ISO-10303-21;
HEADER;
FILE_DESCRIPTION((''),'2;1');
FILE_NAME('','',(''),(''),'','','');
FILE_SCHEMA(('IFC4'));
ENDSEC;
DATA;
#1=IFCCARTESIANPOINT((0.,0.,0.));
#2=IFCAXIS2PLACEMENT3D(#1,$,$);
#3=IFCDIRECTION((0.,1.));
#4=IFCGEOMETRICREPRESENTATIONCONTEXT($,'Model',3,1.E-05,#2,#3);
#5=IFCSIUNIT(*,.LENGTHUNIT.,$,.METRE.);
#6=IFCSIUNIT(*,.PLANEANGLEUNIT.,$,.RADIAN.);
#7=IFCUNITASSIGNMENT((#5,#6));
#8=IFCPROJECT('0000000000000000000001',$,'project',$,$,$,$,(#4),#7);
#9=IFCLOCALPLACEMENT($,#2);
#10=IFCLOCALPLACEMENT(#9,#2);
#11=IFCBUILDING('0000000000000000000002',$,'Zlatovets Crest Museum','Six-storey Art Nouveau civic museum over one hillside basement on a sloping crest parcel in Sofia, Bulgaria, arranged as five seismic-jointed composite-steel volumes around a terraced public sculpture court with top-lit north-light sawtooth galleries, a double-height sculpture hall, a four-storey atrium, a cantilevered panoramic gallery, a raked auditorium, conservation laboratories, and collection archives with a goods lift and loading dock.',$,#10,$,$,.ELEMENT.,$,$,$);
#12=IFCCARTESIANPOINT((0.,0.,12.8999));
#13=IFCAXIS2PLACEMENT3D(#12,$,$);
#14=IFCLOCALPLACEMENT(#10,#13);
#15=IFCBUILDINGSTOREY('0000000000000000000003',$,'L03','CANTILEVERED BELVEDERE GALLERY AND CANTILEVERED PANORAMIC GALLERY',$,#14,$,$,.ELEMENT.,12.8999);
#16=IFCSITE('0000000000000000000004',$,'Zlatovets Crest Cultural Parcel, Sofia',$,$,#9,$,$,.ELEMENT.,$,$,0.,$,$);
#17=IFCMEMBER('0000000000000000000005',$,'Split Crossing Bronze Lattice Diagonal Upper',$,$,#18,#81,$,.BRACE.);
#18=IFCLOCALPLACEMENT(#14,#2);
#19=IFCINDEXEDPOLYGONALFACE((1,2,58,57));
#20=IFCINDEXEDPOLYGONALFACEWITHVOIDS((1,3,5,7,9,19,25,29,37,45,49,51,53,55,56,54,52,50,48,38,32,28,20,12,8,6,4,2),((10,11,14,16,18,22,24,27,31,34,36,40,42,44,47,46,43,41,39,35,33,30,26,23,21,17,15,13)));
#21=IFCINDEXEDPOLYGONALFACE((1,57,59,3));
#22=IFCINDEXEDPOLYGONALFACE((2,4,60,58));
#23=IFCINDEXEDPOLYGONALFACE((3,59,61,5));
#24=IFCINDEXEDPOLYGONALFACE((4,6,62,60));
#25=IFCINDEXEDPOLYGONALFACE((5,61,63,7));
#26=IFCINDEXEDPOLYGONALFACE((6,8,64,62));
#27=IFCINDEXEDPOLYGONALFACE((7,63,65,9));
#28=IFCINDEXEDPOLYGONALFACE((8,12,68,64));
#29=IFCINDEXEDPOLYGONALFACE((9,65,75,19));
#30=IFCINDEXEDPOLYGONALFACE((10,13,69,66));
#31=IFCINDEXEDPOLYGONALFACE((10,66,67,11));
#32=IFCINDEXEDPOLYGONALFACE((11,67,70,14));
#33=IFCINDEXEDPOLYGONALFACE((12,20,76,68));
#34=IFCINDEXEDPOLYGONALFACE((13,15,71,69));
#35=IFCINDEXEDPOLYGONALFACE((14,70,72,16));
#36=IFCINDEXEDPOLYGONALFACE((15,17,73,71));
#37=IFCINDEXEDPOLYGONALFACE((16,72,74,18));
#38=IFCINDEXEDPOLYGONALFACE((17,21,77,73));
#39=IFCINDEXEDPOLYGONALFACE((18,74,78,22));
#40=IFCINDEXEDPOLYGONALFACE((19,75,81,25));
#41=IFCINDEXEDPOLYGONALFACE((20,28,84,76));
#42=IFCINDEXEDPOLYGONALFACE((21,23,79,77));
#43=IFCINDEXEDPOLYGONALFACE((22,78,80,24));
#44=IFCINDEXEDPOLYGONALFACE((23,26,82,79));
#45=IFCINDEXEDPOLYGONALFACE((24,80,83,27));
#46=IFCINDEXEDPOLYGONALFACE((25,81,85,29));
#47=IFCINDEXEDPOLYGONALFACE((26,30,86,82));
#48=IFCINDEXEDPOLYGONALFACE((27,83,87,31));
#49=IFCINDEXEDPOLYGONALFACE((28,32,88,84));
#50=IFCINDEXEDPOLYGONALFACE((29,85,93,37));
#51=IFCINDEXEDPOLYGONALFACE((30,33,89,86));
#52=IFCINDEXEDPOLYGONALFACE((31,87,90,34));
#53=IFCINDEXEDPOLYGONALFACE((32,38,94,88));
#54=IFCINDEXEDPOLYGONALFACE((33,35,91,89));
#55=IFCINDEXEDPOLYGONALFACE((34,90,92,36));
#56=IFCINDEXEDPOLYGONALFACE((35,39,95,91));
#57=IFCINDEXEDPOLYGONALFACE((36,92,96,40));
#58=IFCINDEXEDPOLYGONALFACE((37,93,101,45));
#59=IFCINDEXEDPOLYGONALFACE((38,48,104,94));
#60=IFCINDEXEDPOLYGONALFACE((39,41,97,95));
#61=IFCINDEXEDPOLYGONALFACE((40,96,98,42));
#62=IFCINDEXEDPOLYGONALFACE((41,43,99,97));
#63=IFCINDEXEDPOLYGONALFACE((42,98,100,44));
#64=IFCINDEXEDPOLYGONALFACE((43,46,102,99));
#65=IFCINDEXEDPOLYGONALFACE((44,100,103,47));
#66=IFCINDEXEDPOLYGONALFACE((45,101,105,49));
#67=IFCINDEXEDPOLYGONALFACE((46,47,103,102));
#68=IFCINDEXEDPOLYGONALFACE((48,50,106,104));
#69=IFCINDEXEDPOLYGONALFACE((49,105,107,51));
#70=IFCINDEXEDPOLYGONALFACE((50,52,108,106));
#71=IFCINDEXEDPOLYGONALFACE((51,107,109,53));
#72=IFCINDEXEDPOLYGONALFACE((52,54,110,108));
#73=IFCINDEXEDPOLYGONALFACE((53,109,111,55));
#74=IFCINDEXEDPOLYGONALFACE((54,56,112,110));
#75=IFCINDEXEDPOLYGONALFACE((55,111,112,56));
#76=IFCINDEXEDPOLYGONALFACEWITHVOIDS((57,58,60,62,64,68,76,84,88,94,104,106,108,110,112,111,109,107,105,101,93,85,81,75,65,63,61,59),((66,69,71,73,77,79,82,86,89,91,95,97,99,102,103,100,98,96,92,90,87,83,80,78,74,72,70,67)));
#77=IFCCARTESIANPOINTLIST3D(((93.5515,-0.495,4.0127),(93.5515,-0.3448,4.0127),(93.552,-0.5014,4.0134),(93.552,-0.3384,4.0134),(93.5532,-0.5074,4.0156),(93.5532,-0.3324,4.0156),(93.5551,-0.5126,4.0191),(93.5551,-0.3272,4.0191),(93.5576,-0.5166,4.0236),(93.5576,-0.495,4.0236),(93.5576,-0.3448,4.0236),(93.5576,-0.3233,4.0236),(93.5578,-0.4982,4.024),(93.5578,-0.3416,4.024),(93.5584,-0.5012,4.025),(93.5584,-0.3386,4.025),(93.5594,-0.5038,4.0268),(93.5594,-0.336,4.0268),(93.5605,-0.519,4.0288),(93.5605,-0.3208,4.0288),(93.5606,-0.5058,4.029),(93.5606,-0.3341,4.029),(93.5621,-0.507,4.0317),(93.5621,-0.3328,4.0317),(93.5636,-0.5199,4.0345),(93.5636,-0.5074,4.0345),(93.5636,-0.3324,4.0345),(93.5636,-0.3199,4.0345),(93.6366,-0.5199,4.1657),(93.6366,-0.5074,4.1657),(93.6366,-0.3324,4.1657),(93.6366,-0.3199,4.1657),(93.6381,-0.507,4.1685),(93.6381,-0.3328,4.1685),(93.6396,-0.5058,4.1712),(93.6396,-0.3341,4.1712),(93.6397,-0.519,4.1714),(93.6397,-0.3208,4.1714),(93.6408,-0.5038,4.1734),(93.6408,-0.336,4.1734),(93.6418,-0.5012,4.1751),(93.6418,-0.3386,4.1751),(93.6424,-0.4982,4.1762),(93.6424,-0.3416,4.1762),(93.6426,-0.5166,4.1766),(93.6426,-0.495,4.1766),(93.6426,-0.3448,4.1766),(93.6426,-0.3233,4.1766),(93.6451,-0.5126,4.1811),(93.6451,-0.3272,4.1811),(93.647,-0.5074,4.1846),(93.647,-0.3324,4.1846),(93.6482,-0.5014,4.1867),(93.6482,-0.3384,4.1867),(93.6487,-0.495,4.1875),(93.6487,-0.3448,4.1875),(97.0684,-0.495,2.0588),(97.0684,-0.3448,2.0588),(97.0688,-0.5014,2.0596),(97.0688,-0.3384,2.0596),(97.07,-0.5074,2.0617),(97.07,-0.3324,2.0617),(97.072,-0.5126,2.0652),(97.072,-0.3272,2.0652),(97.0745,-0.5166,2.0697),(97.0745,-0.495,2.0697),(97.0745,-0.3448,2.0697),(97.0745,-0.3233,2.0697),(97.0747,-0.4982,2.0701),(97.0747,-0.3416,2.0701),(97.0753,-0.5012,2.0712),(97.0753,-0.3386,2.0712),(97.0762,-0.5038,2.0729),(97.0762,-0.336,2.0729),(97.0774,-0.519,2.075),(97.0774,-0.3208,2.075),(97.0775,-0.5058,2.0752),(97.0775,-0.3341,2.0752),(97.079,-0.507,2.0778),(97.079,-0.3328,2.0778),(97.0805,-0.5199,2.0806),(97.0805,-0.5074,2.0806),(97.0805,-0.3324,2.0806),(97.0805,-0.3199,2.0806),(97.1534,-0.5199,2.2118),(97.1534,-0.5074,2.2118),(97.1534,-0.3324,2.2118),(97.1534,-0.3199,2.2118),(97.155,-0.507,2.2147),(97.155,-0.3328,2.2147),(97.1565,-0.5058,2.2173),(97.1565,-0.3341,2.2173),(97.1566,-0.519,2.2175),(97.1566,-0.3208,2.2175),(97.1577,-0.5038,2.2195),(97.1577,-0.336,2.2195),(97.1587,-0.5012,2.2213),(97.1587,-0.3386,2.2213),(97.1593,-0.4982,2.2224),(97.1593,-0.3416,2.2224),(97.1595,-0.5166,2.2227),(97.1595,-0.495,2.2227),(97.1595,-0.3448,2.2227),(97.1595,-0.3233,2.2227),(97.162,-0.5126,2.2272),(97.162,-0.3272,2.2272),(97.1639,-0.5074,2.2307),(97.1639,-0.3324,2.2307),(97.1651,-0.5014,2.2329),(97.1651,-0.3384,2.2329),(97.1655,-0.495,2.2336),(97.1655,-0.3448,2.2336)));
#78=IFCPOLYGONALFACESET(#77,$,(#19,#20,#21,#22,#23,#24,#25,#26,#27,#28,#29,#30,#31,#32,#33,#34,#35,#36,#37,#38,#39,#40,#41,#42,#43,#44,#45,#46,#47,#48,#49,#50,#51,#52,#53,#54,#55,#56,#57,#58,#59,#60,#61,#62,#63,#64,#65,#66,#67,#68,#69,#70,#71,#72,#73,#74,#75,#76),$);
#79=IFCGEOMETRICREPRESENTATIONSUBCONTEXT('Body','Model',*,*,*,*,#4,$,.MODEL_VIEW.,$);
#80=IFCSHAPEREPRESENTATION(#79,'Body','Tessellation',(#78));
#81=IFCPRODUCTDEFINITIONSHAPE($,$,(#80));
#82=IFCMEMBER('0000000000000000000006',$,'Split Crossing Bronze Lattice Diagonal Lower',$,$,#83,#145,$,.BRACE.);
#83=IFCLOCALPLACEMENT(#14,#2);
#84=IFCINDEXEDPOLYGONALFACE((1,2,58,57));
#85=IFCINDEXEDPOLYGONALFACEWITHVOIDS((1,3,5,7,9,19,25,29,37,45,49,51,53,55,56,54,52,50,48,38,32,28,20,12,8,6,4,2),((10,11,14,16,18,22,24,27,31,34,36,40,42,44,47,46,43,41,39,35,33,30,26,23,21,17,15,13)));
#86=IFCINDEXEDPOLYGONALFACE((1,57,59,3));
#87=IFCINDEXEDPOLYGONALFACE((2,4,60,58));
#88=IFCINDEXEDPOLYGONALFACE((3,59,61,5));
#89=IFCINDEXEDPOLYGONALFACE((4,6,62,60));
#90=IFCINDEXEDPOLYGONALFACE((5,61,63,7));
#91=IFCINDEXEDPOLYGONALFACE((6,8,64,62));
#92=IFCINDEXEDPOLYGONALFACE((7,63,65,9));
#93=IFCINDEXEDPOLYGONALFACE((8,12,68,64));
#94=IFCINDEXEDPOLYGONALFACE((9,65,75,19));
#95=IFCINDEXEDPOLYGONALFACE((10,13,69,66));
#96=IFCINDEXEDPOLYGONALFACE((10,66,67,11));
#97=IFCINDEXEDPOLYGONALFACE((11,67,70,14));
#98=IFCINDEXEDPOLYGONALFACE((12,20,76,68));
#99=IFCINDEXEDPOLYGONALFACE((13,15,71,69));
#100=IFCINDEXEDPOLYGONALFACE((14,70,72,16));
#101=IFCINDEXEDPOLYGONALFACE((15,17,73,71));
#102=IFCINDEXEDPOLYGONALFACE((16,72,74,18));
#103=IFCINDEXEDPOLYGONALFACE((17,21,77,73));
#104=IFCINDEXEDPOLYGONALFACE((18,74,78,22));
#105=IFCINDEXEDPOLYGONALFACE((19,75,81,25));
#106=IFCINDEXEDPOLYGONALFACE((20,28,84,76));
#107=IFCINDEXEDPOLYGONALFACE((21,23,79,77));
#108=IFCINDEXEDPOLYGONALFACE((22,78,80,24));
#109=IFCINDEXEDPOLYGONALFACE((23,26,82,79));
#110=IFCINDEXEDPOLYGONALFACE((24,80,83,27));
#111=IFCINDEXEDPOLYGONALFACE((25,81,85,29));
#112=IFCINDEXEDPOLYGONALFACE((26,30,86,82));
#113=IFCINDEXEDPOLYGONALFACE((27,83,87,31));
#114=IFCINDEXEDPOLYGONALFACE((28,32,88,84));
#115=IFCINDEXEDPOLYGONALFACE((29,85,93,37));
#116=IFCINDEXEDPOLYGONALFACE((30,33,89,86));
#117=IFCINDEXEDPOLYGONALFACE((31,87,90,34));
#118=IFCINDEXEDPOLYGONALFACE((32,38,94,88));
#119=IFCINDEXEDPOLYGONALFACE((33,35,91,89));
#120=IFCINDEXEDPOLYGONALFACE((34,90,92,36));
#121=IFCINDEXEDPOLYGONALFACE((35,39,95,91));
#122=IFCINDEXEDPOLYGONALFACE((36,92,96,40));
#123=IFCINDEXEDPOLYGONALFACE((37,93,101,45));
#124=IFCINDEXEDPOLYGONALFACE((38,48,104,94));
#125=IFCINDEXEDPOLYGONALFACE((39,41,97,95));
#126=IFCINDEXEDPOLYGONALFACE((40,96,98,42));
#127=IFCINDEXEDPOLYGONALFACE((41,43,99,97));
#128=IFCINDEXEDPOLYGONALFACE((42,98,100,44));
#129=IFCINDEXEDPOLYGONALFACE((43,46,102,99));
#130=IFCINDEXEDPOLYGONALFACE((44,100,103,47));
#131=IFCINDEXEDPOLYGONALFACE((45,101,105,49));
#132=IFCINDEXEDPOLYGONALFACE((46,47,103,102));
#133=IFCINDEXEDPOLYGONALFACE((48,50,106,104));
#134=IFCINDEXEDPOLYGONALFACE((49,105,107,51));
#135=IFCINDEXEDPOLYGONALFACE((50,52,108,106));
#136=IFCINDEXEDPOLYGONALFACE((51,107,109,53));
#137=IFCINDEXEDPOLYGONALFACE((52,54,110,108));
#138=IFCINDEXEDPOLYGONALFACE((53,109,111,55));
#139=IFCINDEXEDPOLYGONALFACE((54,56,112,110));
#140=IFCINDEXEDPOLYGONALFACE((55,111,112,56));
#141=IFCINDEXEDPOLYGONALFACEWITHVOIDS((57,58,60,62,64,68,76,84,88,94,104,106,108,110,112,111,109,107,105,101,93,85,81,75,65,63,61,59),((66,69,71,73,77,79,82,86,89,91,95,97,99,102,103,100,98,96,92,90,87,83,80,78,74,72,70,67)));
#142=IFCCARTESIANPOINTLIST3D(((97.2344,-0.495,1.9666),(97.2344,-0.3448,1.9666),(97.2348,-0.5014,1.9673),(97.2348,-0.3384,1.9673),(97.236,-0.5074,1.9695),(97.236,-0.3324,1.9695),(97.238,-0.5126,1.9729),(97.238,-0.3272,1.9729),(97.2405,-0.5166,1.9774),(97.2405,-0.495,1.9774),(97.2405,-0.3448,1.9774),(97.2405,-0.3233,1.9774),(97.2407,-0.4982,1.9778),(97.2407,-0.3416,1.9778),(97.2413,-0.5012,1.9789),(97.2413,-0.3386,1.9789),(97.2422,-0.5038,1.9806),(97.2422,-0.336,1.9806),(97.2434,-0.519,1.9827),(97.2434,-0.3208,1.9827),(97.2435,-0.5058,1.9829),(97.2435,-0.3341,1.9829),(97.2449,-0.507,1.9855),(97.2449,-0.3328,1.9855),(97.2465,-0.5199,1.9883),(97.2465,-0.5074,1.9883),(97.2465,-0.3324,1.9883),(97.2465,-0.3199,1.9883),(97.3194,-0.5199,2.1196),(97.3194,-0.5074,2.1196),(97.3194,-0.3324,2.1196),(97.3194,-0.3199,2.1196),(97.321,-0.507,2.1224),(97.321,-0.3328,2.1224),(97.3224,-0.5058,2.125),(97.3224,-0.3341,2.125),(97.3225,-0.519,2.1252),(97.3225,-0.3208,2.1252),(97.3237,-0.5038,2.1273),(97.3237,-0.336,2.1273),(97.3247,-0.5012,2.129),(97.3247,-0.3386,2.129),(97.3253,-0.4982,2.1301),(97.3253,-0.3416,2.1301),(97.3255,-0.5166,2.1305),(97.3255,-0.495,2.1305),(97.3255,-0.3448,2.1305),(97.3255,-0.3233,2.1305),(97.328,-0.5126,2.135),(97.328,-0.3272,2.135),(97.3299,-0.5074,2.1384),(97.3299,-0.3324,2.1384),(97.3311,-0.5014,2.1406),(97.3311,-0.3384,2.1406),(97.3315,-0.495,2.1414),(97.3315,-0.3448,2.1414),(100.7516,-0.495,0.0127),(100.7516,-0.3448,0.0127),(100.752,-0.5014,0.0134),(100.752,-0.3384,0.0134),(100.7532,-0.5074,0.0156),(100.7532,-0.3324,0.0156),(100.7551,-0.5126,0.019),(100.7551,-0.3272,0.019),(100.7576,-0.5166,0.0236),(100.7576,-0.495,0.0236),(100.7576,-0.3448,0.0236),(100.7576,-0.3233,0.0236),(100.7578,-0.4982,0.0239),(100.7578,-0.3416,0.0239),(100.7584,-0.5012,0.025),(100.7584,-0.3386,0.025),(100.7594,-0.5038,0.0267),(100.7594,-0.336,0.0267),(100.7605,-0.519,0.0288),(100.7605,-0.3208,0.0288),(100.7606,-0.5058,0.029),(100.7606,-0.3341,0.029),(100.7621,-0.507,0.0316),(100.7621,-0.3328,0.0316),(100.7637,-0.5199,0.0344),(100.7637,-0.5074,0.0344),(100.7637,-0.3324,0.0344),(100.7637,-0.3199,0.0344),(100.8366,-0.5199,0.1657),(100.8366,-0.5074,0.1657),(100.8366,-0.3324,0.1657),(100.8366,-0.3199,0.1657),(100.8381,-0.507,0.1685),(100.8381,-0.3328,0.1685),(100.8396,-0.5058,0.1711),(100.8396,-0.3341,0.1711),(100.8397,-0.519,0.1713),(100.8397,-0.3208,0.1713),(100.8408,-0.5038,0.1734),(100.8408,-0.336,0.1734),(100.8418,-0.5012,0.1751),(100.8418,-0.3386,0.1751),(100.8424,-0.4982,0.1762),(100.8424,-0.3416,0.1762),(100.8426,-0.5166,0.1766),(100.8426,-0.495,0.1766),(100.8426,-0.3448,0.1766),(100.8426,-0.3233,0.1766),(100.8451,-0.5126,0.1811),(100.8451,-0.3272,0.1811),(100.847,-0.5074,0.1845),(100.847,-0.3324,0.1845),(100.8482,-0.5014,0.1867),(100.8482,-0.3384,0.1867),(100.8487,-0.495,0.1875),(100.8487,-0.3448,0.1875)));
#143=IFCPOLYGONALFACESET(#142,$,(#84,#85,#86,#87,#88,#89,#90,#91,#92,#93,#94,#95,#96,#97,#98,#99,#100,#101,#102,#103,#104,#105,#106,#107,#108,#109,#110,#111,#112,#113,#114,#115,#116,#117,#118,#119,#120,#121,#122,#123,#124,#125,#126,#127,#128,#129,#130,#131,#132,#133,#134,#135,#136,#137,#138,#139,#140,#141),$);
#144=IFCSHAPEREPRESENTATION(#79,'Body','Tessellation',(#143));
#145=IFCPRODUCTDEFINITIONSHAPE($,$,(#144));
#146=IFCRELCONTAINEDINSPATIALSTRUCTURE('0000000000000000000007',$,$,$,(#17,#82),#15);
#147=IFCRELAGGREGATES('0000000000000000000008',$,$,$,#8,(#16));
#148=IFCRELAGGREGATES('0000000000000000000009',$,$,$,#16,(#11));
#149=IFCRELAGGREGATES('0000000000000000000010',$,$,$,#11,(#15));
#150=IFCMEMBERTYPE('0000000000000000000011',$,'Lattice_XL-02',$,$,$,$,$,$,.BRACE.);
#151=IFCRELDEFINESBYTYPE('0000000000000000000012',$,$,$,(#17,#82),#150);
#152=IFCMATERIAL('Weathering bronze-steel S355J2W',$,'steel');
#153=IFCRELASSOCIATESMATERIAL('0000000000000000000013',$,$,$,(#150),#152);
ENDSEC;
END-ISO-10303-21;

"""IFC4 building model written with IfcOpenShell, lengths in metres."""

from ifc_helpers import new_model, si_unit, direction, frame, origin, origin_2d, place, context, subcontext, project, spatial, hollow_rectangle, extrude, material, material_profile, profile_set, type_object, element, save


model = new_model("IFC4")

# Units and contexts
model_context = context("Model", 3, precision=1e-05, world=origin(), true_north=direction((0.0, 1.0)))
body_context = subcontext(model_context, "Body", "Model", "MODEL_VIEW")
ifc_project = project(units=[si_unit("LENGTHUNIT", "METRE"), si_unit("PLANEANGLEUNIT", "RADIAN")], contexts=[model_context])

# Site, building, storey
site_placement = place(None, origin())
site = spatial("IfcSite", under=ifc_project, at=site_placement, Name="Zlatovets Crest Cultural Parcel, Sofia", CompositionType="ELEMENT", RefElevation=0.0)
building_placement = place(site_placement, origin())
building = spatial("IfcBuilding", under=site, at=building_placement, Name="Zlatovets Crest Museum", Description="Six-storey Art Nouveau civic museum over one hillside basement on a sloping crest parcel in Sofia, Bulgaria, arranged as five seismic-jointed composite-steel volumes around a terraced public sculpture court with top-lit north-light sawtooth galleries, a double-height sculpture hall, a four-storey atrium, a cantilevered panoramic gallery, a raked auditorium, conservation laboratories, and collection archives with a goods lift and loading dock.", CompositionType="ELEMENT")
storey_placement = place(building_placement, frame((0.0, 0.0, 12.8999)))
storey = spatial("IfcBuildingStorey", under=building, at=storey_placement, Name="L03", Description="CANTILEVERED BELVEDERE GALLERY AND CANTILEVERED PANORAMIC GALLERY", CompositionType="ELEMENT", Elevation=12.8999)

# Members
ifc_material_1 = material(Name="Weathering bronze-steel S355J2W", Category="steel")
ifc_material_profile_1 = material_profile(ifc_material_1, hollow_rectangle(XDim=0.2, YDim=0.2, WallThickness=0.0125, InnerFilletRadius=0.0125, OuterFilletRadius=0.0249, at=origin_2d()), Name="SHS 200x200x12.5")
ifc_profile_set_1 = profile_set([ifc_material_profile_1], Name="Weathering bronze-steel S355J2W")
member_type_1 = type_object("IfcMemberType", Name="Lattice_XL-02", PredefinedType="BRACE", material=ifc_profile_set_1)
member_1_placement = place(storey_placement, frame((93.6001, -0.4199, 4.1001), z_axis=(0.874152, 0.0, -0.485653), x_axis=(0.0, 1.0, 0.0)))
element("IfcMember", 1, at=member_1_placement, inside=storey, type_object=member_type_1, Name="Split Crossing Bronze Lattice Diagonal Upper", PredefinedType="BRACE", context=body_context, shape_type="SweptSolid", body=[
    extrude(hollow_rectangle(XDim=0.2, YDim=0.2, WallThickness=0.0125, InnerFilletRadius=0.0125, OuterFilletRadius=0.0249, at=origin_2d()), origin(), (0.0, 0.0, 1.0), 4.0232),
])
member_2_placement = place(storey_placement, frame((97.283, -0.4199, 2.054), z_axis=(0.874166, 0.0, -0.485627), x_axis=(0.0, 1.0, 0.0)))
element("IfcMember", 2, at=member_2_placement, inside=storey, type_object=member_type_1, Name="Split Crossing Bronze Lattice Diagonal Lower", PredefinedType="BRACE", context=body_context, shape_type="SweptSolid", body=[
    extrude(hollow_rectangle(XDim=0.2, YDim=0.2, WallThickness=0.0125, InnerFilletRadius=0.0125, OuterFilletRadius=0.0249, at=origin_2d()), origin(), (0.0, 0.0, 1.0), 4.0234),
])

save(model, "model.ifc")
